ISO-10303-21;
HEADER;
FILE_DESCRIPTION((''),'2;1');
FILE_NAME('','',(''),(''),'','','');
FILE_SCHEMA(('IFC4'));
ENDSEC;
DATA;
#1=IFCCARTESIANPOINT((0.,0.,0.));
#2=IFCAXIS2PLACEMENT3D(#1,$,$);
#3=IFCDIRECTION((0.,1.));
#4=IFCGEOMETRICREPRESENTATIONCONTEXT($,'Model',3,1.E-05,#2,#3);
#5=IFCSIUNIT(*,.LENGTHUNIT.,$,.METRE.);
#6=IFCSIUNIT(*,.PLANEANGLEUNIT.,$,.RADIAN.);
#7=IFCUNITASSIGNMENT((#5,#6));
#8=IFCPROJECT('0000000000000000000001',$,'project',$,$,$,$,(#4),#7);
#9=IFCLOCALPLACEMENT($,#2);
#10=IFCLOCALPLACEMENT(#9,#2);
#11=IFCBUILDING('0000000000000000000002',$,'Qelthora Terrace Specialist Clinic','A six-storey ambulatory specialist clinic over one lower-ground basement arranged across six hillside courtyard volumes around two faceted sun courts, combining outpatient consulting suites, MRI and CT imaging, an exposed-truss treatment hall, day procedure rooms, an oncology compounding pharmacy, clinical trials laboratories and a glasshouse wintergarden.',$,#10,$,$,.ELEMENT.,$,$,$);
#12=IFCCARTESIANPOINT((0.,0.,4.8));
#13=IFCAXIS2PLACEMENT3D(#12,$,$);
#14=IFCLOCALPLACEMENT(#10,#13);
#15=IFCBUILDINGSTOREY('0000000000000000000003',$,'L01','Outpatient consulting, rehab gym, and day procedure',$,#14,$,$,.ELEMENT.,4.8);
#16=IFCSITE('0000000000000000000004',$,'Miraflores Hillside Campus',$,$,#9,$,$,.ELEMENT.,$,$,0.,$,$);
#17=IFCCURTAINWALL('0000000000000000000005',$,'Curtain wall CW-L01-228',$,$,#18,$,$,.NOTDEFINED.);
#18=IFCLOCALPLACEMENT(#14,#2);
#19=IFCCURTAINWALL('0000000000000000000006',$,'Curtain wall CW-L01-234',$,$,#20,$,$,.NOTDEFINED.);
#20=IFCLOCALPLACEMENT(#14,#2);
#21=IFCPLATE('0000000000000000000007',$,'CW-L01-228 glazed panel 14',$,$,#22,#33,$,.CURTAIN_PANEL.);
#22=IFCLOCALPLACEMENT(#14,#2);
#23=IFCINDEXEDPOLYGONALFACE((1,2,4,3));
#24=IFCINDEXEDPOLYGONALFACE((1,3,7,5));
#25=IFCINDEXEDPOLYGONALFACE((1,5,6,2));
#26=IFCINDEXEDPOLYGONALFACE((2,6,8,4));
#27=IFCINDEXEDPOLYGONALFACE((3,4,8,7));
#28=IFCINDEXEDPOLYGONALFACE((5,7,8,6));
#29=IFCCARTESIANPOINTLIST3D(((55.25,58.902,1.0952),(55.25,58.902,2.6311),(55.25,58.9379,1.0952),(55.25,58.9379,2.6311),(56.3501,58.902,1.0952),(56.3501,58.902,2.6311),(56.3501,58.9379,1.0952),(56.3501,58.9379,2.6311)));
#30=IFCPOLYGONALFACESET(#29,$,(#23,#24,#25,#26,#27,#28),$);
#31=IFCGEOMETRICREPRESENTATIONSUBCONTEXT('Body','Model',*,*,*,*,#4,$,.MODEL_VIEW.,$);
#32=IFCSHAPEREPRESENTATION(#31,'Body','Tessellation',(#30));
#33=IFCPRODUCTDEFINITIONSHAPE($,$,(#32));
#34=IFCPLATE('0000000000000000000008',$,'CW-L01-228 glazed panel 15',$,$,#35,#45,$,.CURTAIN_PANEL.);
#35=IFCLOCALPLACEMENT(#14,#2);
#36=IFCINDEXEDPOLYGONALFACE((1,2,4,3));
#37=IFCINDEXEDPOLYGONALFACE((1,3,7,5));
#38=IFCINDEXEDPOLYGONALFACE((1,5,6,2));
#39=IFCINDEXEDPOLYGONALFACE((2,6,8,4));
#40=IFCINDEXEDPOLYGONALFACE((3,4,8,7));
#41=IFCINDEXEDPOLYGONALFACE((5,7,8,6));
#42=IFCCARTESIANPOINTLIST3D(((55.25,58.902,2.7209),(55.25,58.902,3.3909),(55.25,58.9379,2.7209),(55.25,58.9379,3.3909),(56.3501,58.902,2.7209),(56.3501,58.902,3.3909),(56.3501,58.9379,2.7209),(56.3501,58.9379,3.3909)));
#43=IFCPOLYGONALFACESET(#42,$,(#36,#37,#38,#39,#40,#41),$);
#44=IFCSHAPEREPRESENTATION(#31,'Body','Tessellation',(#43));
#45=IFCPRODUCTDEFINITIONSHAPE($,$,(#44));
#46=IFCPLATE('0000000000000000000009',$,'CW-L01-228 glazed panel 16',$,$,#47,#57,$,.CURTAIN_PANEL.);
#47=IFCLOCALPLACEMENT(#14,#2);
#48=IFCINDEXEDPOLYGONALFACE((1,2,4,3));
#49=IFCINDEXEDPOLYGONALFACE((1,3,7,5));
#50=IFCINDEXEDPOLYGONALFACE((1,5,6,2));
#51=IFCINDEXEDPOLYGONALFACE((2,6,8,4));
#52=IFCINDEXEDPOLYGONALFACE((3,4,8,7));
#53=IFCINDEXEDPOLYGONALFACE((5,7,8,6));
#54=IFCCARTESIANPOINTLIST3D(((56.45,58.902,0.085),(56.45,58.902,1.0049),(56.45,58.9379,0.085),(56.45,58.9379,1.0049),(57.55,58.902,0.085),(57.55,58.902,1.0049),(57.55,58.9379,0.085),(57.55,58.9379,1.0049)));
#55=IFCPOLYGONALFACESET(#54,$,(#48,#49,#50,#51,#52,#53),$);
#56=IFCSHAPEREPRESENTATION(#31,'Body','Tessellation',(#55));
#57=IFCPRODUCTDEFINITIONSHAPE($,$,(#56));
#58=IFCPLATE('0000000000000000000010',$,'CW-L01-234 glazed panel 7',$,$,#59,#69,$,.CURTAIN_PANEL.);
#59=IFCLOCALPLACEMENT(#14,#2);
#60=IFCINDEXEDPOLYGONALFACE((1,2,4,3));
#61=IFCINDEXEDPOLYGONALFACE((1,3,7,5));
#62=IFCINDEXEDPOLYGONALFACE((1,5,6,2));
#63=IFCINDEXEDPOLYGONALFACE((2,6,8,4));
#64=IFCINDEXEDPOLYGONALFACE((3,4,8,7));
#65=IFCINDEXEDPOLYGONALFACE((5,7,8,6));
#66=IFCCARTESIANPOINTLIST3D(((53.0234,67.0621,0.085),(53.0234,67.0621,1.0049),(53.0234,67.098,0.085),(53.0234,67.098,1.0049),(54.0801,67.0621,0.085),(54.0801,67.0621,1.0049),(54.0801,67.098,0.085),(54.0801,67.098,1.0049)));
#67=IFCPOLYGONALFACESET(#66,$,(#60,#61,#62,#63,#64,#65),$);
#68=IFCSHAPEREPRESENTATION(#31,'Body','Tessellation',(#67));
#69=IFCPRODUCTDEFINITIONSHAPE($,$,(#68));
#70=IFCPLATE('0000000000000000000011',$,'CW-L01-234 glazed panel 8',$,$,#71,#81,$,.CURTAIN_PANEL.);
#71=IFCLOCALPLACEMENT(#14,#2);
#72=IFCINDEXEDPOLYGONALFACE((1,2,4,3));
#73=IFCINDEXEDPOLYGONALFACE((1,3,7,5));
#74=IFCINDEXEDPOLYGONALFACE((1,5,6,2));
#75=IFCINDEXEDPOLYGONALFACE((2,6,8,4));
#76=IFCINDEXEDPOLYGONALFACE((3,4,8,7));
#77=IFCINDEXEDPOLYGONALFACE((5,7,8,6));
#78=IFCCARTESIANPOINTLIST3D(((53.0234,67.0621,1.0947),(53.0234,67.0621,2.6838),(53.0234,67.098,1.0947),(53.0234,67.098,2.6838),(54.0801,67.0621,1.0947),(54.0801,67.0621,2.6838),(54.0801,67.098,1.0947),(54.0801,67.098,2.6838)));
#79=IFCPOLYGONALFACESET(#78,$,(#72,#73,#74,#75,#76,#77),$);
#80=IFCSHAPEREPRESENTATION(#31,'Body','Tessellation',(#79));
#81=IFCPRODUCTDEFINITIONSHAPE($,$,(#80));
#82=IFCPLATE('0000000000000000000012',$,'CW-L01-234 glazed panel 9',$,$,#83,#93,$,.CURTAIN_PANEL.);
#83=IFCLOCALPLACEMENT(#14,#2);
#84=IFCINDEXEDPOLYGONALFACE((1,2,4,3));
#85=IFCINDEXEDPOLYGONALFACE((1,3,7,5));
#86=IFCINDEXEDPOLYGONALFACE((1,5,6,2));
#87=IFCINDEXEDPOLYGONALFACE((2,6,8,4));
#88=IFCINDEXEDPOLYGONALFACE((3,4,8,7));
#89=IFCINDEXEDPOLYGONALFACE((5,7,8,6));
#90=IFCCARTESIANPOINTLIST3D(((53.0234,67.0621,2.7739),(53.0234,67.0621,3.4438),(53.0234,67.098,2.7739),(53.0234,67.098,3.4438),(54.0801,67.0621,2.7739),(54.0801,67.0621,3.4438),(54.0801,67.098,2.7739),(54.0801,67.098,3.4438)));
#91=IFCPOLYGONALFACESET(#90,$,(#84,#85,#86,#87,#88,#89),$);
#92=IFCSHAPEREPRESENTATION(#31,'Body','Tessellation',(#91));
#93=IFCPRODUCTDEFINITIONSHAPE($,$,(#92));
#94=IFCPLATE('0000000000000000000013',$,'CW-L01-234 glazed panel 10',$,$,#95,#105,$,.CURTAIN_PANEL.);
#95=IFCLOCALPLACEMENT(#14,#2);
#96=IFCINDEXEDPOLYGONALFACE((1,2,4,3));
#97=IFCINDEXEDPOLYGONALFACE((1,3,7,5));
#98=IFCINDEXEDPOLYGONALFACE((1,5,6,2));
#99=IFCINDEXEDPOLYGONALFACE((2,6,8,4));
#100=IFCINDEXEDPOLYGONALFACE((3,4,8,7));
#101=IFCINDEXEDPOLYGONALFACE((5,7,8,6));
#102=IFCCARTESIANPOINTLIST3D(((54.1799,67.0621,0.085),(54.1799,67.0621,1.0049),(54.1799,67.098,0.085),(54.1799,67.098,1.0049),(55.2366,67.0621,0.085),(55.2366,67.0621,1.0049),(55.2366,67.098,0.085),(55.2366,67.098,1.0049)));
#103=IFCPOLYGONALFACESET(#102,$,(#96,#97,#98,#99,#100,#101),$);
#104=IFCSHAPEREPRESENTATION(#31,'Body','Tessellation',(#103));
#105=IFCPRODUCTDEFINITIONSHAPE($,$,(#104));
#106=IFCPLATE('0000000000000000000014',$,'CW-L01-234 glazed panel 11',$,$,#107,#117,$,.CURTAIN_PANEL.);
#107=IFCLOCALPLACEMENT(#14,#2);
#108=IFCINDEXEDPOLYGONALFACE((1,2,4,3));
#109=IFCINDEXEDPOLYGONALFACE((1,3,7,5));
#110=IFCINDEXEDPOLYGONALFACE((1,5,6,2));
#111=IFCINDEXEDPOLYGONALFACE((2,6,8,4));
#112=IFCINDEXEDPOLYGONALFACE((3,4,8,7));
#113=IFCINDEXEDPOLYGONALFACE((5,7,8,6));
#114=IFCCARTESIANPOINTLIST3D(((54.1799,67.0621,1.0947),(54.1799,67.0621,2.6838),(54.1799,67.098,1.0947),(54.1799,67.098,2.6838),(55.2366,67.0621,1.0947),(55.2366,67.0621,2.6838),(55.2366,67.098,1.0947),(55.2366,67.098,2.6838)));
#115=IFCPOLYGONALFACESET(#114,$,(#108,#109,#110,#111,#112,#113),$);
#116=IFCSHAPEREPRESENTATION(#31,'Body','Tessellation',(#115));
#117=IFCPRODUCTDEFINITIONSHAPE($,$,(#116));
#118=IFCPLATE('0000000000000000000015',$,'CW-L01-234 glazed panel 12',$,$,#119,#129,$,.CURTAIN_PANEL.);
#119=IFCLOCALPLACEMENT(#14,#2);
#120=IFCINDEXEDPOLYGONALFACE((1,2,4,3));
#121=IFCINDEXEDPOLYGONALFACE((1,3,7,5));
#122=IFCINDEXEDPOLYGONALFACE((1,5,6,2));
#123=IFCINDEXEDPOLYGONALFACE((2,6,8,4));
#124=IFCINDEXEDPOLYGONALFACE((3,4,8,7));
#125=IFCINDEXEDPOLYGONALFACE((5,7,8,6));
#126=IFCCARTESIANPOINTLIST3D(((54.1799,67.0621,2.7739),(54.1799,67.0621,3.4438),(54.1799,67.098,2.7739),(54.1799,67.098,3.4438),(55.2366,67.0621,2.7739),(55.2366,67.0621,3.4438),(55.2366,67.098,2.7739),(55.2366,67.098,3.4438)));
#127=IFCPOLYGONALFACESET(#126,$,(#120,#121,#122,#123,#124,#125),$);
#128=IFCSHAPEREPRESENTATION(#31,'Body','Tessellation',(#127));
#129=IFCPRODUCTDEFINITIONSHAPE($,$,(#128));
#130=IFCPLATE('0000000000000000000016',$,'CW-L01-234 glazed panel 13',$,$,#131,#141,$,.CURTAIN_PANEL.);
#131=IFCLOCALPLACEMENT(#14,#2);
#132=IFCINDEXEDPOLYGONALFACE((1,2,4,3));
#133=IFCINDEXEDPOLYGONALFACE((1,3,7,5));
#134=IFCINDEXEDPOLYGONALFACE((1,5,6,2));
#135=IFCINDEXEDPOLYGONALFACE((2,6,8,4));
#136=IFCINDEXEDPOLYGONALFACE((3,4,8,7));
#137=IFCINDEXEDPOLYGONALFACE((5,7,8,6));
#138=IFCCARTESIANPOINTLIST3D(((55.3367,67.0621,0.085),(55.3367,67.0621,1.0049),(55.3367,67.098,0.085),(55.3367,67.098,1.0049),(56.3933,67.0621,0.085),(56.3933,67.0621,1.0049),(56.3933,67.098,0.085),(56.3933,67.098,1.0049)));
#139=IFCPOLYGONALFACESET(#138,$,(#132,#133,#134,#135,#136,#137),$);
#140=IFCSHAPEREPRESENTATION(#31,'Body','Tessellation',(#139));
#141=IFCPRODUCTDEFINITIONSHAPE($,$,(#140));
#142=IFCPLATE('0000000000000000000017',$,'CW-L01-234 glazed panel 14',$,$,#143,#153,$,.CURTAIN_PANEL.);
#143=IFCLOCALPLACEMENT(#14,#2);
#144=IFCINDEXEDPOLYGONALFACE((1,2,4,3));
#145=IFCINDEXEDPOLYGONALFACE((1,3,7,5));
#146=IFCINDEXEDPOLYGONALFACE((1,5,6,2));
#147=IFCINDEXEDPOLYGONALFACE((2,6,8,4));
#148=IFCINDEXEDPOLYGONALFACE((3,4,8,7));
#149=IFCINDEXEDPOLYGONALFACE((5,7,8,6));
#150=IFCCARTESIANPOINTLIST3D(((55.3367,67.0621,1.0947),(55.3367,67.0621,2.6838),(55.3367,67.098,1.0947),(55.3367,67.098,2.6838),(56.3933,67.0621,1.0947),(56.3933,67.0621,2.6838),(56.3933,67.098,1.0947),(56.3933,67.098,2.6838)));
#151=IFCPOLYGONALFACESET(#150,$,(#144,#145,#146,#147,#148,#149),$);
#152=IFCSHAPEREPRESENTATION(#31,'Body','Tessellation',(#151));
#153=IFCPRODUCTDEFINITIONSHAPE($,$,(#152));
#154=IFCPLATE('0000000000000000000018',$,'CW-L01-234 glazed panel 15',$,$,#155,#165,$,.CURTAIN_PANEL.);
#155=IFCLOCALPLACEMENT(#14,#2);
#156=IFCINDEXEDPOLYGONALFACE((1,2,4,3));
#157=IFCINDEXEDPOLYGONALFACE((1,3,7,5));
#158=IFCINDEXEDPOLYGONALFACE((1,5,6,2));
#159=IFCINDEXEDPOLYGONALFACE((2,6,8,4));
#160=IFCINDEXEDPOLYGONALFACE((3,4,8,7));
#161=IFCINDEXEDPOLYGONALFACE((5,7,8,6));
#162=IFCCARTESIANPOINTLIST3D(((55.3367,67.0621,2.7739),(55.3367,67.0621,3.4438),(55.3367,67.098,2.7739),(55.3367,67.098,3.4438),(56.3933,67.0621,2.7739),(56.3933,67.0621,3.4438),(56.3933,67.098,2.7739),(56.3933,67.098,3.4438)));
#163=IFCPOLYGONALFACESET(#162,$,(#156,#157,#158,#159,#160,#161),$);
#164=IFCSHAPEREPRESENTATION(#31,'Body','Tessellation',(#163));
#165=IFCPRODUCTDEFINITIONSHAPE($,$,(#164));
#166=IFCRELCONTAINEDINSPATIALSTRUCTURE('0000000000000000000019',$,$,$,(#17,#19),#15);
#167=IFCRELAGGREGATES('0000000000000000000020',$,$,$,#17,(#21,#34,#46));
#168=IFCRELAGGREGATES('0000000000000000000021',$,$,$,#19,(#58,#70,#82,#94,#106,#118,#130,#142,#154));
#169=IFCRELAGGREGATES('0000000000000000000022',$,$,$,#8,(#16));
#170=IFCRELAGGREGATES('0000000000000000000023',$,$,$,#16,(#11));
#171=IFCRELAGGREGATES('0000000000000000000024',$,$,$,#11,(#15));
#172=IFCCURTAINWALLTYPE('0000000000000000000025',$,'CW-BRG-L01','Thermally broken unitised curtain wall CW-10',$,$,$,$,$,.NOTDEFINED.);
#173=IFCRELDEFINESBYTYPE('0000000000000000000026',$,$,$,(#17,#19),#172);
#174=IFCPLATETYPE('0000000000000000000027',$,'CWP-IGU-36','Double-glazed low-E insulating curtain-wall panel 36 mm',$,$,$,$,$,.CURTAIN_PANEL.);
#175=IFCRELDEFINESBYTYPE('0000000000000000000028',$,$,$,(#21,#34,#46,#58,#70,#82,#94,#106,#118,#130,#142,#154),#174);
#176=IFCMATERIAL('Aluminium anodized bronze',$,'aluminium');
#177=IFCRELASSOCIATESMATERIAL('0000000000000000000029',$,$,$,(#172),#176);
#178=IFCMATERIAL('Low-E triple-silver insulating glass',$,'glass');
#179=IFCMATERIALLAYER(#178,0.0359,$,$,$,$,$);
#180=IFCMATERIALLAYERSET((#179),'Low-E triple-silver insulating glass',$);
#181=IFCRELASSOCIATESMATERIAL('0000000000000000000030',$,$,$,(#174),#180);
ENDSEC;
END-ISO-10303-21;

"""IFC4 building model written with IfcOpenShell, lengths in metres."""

from ifc_helpers import new_model, si_unit, direction, frame, origin, origin_2d, place, context, subcontext, project, spatial, rectangle, extrude, material, layer, layer_set, type_object, element, aggregate, save


model = new_model("IFC4")

# Units and contexts
model_context = context("Model", 3, precision=1e-05, world=origin(), true_north=direction((0.0, 1.0)))
body_context = subcontext(model_context, "Body", "Model", "MODEL_VIEW")
ifc_project = project(units=[si_unit("LENGTHUNIT", "METRE"), si_unit("PLANEANGLEUNIT", "RADIAN")], contexts=[model_context])

# Site, building, storey
site_placement = place(None, origin())
site = spatial("IfcSite", under=ifc_project, at=site_placement, Name="Miraflores Hillside Campus", CompositionType="ELEMENT", RefElevation=0.0)
building_placement = place(site_placement, origin())
building = spatial("IfcBuilding", under=site, at=building_placement, Name="Qelthora Terrace Specialist Clinic", Description="A six-storey ambulatory specialist clinic over one lower-ground basement arranged across six hillside courtyard volumes around two faceted sun courts, combining outpatient consulting suites, MRI and CT imaging, an exposed-truss treatment hall, day procedure rooms, an oncology compounding pharmacy, clinical trials laboratories and a glasshouse wintergarden.", CompositionType="ELEMENT")
storey_placement = place(building_placement, frame((0.0, 0.0, 4.8)))
storey = spatial("IfcBuildingStorey", under=building, at=storey_placement, Name="L01", Description="Outpatient consulting, rehab gym, and day procedure", CompositionType="ELEMENT", Elevation=4.8)

# Curtain walls
ifc_material_1 = material(Name="Aluminium anodized bronze", Category="aluminium")
curtain_wall_type = type_object("IfcCurtainWallType", Name="CW-BRG-L01", Description="Thermally broken unitised curtain wall CW-10", PredefinedType="NOTDEFINED", material=ifc_material_1)
curtain_wall_1_placement = place(storey_placement, origin())
curtain_wall_1 = element("IfcCurtainWall", 1, at=curtain_wall_1_placement, inside=storey, type_object=curtain_wall_type, Name="Curtain wall CW-L01-228", PredefinedType="NOTDEFINED")
curtain_wall_2_placement = place(storey_placement, origin())
curtain_wall_2 = element("IfcCurtainWall", 2, at=curtain_wall_2_placement, inside=storey, type_object=curtain_wall_type, Name="Curtain wall CW-L01-234", PredefinedType="NOTDEFINED")

# Plates
ifc_material_2 = material(Name="Low-E triple-silver insulating glass", Category="glass")
ifc_layer = layer(ifc_material_2, 0.0359)
ifc_layer_set = layer_set([ifc_layer], Name="Low-E triple-silver insulating glass")
plate_type = type_object("IfcPlateType", Name="CWP-IGU-36", Description="Double-glazed low-E insulating curtain-wall panel 36 mm", PredefinedType="CURTAIN_PANEL", material=ifc_layer_set)
plate_1_placement = place(storey_placement, frame((55.8, 58.9199, 1.0952), z_axis=(0.0, 0.0, 1.0), x_axis=(1.0, 0.0, 0.0)))
plate_1 = element("IfcPlate", 3, at=plate_1_placement, type_object=plate_type, Name="CW-L01-228 glazed panel 14", PredefinedType="CURTAIN_PANEL", context=body_context, shape_type="SweptSolid", body=[
    extrude(rectangle(XDim=1.1001, YDim=0.0359, at=origin_2d()), origin(), (0.0, 0.0, 1.0), 1.5359),
])
plate_2_placement = place(storey_placement, frame((55.8, 58.9199, 2.7209), z_axis=(0.0, 0.0, 1.0), x_axis=(1.0, 0.0, 0.0)))
plate_2 = element("IfcPlate", 4, at=plate_2_placement, type_object=plate_type, Name="CW-L01-228 glazed panel 15", PredefinedType="CURTAIN_PANEL", context=body_context, shape_type="SweptSolid", body=[
    extrude(rectangle(XDim=1.1001, YDim=0.0359, at=origin_2d()), origin(), (0.0, 0.0, 1.0), 0.6699),
])
plate_3_placement = place(storey_placement, frame((57.0, 58.9199, 0.085), z_axis=(0.0, 0.0, 1.0), x_axis=(1.0, 0.0, 0.0)))
plate_3 = element("IfcPlate", 5, at=plate_3_placement, type_object=plate_type, Name="CW-L01-228 glazed panel 16", PredefinedType="CURTAIN_PANEL", context=body_context, shape_type="SweptSolid", body=[
    extrude(rectangle(XDim=1.1001, YDim=0.0359, at=origin_2d()), origin(), (0.0, 0.0, 1.0), 0.9199),
])
aggregate(curtain_wall_1, [plate_1, plate_2, plate_3])
plate_4_placement = place(storey_placement, frame((53.5518, 67.0801, 0.085), z_axis=(0.0, 0.0, 1.0), x_axis=(1.0, 0.0, 0.0)))
plate_4 = element("IfcPlate", 6, at=plate_4_placement, type_object=plate_type, Name="CW-L01-234 glazed panel 7", PredefinedType="CURTAIN_PANEL", context=body_context, shape_type="SweptSolid", body=[
    extrude(rectangle(XDim=1.0566, YDim=0.0359, at=origin_2d()), origin(), (0.0, 0.0, 1.0), 0.9199),
])
plate_5_placement = place(storey_placement, frame((53.5518, 67.0801, 1.0947), z_axis=(0.0, 0.0, 1.0), x_axis=(1.0, 0.0, 0.0)))
plate_5 = element("IfcPlate", 7, at=plate_5_placement, type_object=plate_type, Name="CW-L01-234 glazed panel 8", PredefinedType="CURTAIN_PANEL", context=body_context, shape_type="SweptSolid", body=[
    extrude(rectangle(XDim=1.0566, YDim=0.0359, at=origin_2d()), origin(), (0.0, 0.0, 1.0), 1.5891),
])
plate_6_placement = place(storey_placement, frame((53.5518, 67.0801, 2.7739), z_axis=(0.0, 0.0, 1.0), x_axis=(1.0, 0.0, 0.0)))
plate_6 = element("IfcPlate", 8, at=plate_6_placement, type_object=plate_type, Name="CW-L01-234 glazed panel 9", PredefinedType="CURTAIN_PANEL", context=body_context, shape_type="SweptSolid", body=[
    extrude(rectangle(XDim=1.0566, YDim=0.0359, at=origin_2d()), origin(), (0.0, 0.0, 1.0), 0.6699),
])
plate_7_placement = place(storey_placement, frame((54.7083, 67.0801, 0.085), z_axis=(0.0, 0.0, 1.0), x_axis=(1.0, 0.0, 0.0)))
plate_7 = element("IfcPlate", 9, at=plate_7_placement, type_object=plate_type, Name="CW-L01-234 glazed panel 10", PredefinedType="CURTAIN_PANEL", context=body_context, shape_type="SweptSolid", body=[
    extrude(rectangle(XDim=1.0566, YDim=0.0359, at=origin_2d()), origin(), (0.0, 0.0, 1.0), 0.9199),
])
plate_8_placement = place(storey_placement, frame((54.7083, 67.0801, 1.0947), z_axis=(0.0, 0.0, 1.0), x_axis=(1.0, 0.0, 0.0)))
plate_8 = element("IfcPlate", 10, at=plate_8_placement, type_object=plate_type, Name="CW-L01-234 glazed panel 11", PredefinedType="CURTAIN_PANEL", context=body_context, shape_type="SweptSolid", body=[
    extrude(rectangle(XDim=1.0566, YDim=0.0359, at=origin_2d()), origin(), (0.0, 0.0, 1.0), 1.5891),
])
plate_9_placement = place(storey_placement, frame((54.7083, 67.0801, 2.7739), z_axis=(0.0, 0.0, 1.0), x_axis=(1.0, 0.0, 0.0)))
plate_9 = element("IfcPlate", 11, at=plate_9_placement, type_object=plate_type, Name="CW-L01-234 glazed panel 12", PredefinedType="CURTAIN_PANEL", context=body_context, shape_type="SweptSolid", body=[
    extrude(rectangle(XDim=1.0566, YDim=0.0359, at=origin_2d()), origin(), (0.0, 0.0, 1.0), 0.6699),
])
plate_10_placement = place(storey_placement, frame((55.865, 67.0801, 0.085), z_axis=(0.0, 0.0, 1.0), x_axis=(1.0, 0.0, 0.0)))
plate_10 = element("IfcPlate", 12, at=plate_10_placement, type_object=plate_type, Name="CW-L01-234 glazed panel 13", PredefinedType="CURTAIN_PANEL", context=body_context, shape_type="SweptSolid", body=[
    extrude(rectangle(XDim=1.0566, YDim=0.0359, at=origin_2d()), origin(), (0.0, 0.0, 1.0), 0.9199),
])
plate_11_placement = place(storey_placement, frame((55.865, 67.0801, 1.0947), z_axis=(0.0, 0.0, 1.0), x_axis=(1.0, 0.0, 0.0)))
plate_11 = element("IfcPlate", 13, at=plate_11_placement, type_object=plate_type, Name="CW-L01-234 glazed panel 14", PredefinedType="CURTAIN_PANEL", context=body_context, shape_type="SweptSolid", body=[
    extrude(rectangle(XDim=1.0566, YDim=0.0359, at=origin_2d()), origin(), (0.0, 0.0, 1.0), 1.5891),
])
plate_12_placement = place(storey_placement, frame((55.865, 67.0801, 2.7739), z_axis=(0.0, 0.0, 1.0), x_axis=(1.0, 0.0, 0.0)))
plate_12 = element("IfcPlate", 14, at=plate_12_placement, type_object=plate_type, Name="CW-L01-234 glazed panel 15", PredefinedType="CURTAIN_PANEL", context=body_context, shape_type="SweptSolid", body=[
    extrude(rectangle(XDim=1.0566, YDim=0.0359, at=origin_2d()), origin(), (0.0, 0.0, 1.0), 0.6699),
])
aggregate(curtain_wall_2, [plate_4, plate_5, plate_6, plate_7, plate_8, plate_9, plate_10, plate_11, plate_12])

save(model, "model.ifc")
